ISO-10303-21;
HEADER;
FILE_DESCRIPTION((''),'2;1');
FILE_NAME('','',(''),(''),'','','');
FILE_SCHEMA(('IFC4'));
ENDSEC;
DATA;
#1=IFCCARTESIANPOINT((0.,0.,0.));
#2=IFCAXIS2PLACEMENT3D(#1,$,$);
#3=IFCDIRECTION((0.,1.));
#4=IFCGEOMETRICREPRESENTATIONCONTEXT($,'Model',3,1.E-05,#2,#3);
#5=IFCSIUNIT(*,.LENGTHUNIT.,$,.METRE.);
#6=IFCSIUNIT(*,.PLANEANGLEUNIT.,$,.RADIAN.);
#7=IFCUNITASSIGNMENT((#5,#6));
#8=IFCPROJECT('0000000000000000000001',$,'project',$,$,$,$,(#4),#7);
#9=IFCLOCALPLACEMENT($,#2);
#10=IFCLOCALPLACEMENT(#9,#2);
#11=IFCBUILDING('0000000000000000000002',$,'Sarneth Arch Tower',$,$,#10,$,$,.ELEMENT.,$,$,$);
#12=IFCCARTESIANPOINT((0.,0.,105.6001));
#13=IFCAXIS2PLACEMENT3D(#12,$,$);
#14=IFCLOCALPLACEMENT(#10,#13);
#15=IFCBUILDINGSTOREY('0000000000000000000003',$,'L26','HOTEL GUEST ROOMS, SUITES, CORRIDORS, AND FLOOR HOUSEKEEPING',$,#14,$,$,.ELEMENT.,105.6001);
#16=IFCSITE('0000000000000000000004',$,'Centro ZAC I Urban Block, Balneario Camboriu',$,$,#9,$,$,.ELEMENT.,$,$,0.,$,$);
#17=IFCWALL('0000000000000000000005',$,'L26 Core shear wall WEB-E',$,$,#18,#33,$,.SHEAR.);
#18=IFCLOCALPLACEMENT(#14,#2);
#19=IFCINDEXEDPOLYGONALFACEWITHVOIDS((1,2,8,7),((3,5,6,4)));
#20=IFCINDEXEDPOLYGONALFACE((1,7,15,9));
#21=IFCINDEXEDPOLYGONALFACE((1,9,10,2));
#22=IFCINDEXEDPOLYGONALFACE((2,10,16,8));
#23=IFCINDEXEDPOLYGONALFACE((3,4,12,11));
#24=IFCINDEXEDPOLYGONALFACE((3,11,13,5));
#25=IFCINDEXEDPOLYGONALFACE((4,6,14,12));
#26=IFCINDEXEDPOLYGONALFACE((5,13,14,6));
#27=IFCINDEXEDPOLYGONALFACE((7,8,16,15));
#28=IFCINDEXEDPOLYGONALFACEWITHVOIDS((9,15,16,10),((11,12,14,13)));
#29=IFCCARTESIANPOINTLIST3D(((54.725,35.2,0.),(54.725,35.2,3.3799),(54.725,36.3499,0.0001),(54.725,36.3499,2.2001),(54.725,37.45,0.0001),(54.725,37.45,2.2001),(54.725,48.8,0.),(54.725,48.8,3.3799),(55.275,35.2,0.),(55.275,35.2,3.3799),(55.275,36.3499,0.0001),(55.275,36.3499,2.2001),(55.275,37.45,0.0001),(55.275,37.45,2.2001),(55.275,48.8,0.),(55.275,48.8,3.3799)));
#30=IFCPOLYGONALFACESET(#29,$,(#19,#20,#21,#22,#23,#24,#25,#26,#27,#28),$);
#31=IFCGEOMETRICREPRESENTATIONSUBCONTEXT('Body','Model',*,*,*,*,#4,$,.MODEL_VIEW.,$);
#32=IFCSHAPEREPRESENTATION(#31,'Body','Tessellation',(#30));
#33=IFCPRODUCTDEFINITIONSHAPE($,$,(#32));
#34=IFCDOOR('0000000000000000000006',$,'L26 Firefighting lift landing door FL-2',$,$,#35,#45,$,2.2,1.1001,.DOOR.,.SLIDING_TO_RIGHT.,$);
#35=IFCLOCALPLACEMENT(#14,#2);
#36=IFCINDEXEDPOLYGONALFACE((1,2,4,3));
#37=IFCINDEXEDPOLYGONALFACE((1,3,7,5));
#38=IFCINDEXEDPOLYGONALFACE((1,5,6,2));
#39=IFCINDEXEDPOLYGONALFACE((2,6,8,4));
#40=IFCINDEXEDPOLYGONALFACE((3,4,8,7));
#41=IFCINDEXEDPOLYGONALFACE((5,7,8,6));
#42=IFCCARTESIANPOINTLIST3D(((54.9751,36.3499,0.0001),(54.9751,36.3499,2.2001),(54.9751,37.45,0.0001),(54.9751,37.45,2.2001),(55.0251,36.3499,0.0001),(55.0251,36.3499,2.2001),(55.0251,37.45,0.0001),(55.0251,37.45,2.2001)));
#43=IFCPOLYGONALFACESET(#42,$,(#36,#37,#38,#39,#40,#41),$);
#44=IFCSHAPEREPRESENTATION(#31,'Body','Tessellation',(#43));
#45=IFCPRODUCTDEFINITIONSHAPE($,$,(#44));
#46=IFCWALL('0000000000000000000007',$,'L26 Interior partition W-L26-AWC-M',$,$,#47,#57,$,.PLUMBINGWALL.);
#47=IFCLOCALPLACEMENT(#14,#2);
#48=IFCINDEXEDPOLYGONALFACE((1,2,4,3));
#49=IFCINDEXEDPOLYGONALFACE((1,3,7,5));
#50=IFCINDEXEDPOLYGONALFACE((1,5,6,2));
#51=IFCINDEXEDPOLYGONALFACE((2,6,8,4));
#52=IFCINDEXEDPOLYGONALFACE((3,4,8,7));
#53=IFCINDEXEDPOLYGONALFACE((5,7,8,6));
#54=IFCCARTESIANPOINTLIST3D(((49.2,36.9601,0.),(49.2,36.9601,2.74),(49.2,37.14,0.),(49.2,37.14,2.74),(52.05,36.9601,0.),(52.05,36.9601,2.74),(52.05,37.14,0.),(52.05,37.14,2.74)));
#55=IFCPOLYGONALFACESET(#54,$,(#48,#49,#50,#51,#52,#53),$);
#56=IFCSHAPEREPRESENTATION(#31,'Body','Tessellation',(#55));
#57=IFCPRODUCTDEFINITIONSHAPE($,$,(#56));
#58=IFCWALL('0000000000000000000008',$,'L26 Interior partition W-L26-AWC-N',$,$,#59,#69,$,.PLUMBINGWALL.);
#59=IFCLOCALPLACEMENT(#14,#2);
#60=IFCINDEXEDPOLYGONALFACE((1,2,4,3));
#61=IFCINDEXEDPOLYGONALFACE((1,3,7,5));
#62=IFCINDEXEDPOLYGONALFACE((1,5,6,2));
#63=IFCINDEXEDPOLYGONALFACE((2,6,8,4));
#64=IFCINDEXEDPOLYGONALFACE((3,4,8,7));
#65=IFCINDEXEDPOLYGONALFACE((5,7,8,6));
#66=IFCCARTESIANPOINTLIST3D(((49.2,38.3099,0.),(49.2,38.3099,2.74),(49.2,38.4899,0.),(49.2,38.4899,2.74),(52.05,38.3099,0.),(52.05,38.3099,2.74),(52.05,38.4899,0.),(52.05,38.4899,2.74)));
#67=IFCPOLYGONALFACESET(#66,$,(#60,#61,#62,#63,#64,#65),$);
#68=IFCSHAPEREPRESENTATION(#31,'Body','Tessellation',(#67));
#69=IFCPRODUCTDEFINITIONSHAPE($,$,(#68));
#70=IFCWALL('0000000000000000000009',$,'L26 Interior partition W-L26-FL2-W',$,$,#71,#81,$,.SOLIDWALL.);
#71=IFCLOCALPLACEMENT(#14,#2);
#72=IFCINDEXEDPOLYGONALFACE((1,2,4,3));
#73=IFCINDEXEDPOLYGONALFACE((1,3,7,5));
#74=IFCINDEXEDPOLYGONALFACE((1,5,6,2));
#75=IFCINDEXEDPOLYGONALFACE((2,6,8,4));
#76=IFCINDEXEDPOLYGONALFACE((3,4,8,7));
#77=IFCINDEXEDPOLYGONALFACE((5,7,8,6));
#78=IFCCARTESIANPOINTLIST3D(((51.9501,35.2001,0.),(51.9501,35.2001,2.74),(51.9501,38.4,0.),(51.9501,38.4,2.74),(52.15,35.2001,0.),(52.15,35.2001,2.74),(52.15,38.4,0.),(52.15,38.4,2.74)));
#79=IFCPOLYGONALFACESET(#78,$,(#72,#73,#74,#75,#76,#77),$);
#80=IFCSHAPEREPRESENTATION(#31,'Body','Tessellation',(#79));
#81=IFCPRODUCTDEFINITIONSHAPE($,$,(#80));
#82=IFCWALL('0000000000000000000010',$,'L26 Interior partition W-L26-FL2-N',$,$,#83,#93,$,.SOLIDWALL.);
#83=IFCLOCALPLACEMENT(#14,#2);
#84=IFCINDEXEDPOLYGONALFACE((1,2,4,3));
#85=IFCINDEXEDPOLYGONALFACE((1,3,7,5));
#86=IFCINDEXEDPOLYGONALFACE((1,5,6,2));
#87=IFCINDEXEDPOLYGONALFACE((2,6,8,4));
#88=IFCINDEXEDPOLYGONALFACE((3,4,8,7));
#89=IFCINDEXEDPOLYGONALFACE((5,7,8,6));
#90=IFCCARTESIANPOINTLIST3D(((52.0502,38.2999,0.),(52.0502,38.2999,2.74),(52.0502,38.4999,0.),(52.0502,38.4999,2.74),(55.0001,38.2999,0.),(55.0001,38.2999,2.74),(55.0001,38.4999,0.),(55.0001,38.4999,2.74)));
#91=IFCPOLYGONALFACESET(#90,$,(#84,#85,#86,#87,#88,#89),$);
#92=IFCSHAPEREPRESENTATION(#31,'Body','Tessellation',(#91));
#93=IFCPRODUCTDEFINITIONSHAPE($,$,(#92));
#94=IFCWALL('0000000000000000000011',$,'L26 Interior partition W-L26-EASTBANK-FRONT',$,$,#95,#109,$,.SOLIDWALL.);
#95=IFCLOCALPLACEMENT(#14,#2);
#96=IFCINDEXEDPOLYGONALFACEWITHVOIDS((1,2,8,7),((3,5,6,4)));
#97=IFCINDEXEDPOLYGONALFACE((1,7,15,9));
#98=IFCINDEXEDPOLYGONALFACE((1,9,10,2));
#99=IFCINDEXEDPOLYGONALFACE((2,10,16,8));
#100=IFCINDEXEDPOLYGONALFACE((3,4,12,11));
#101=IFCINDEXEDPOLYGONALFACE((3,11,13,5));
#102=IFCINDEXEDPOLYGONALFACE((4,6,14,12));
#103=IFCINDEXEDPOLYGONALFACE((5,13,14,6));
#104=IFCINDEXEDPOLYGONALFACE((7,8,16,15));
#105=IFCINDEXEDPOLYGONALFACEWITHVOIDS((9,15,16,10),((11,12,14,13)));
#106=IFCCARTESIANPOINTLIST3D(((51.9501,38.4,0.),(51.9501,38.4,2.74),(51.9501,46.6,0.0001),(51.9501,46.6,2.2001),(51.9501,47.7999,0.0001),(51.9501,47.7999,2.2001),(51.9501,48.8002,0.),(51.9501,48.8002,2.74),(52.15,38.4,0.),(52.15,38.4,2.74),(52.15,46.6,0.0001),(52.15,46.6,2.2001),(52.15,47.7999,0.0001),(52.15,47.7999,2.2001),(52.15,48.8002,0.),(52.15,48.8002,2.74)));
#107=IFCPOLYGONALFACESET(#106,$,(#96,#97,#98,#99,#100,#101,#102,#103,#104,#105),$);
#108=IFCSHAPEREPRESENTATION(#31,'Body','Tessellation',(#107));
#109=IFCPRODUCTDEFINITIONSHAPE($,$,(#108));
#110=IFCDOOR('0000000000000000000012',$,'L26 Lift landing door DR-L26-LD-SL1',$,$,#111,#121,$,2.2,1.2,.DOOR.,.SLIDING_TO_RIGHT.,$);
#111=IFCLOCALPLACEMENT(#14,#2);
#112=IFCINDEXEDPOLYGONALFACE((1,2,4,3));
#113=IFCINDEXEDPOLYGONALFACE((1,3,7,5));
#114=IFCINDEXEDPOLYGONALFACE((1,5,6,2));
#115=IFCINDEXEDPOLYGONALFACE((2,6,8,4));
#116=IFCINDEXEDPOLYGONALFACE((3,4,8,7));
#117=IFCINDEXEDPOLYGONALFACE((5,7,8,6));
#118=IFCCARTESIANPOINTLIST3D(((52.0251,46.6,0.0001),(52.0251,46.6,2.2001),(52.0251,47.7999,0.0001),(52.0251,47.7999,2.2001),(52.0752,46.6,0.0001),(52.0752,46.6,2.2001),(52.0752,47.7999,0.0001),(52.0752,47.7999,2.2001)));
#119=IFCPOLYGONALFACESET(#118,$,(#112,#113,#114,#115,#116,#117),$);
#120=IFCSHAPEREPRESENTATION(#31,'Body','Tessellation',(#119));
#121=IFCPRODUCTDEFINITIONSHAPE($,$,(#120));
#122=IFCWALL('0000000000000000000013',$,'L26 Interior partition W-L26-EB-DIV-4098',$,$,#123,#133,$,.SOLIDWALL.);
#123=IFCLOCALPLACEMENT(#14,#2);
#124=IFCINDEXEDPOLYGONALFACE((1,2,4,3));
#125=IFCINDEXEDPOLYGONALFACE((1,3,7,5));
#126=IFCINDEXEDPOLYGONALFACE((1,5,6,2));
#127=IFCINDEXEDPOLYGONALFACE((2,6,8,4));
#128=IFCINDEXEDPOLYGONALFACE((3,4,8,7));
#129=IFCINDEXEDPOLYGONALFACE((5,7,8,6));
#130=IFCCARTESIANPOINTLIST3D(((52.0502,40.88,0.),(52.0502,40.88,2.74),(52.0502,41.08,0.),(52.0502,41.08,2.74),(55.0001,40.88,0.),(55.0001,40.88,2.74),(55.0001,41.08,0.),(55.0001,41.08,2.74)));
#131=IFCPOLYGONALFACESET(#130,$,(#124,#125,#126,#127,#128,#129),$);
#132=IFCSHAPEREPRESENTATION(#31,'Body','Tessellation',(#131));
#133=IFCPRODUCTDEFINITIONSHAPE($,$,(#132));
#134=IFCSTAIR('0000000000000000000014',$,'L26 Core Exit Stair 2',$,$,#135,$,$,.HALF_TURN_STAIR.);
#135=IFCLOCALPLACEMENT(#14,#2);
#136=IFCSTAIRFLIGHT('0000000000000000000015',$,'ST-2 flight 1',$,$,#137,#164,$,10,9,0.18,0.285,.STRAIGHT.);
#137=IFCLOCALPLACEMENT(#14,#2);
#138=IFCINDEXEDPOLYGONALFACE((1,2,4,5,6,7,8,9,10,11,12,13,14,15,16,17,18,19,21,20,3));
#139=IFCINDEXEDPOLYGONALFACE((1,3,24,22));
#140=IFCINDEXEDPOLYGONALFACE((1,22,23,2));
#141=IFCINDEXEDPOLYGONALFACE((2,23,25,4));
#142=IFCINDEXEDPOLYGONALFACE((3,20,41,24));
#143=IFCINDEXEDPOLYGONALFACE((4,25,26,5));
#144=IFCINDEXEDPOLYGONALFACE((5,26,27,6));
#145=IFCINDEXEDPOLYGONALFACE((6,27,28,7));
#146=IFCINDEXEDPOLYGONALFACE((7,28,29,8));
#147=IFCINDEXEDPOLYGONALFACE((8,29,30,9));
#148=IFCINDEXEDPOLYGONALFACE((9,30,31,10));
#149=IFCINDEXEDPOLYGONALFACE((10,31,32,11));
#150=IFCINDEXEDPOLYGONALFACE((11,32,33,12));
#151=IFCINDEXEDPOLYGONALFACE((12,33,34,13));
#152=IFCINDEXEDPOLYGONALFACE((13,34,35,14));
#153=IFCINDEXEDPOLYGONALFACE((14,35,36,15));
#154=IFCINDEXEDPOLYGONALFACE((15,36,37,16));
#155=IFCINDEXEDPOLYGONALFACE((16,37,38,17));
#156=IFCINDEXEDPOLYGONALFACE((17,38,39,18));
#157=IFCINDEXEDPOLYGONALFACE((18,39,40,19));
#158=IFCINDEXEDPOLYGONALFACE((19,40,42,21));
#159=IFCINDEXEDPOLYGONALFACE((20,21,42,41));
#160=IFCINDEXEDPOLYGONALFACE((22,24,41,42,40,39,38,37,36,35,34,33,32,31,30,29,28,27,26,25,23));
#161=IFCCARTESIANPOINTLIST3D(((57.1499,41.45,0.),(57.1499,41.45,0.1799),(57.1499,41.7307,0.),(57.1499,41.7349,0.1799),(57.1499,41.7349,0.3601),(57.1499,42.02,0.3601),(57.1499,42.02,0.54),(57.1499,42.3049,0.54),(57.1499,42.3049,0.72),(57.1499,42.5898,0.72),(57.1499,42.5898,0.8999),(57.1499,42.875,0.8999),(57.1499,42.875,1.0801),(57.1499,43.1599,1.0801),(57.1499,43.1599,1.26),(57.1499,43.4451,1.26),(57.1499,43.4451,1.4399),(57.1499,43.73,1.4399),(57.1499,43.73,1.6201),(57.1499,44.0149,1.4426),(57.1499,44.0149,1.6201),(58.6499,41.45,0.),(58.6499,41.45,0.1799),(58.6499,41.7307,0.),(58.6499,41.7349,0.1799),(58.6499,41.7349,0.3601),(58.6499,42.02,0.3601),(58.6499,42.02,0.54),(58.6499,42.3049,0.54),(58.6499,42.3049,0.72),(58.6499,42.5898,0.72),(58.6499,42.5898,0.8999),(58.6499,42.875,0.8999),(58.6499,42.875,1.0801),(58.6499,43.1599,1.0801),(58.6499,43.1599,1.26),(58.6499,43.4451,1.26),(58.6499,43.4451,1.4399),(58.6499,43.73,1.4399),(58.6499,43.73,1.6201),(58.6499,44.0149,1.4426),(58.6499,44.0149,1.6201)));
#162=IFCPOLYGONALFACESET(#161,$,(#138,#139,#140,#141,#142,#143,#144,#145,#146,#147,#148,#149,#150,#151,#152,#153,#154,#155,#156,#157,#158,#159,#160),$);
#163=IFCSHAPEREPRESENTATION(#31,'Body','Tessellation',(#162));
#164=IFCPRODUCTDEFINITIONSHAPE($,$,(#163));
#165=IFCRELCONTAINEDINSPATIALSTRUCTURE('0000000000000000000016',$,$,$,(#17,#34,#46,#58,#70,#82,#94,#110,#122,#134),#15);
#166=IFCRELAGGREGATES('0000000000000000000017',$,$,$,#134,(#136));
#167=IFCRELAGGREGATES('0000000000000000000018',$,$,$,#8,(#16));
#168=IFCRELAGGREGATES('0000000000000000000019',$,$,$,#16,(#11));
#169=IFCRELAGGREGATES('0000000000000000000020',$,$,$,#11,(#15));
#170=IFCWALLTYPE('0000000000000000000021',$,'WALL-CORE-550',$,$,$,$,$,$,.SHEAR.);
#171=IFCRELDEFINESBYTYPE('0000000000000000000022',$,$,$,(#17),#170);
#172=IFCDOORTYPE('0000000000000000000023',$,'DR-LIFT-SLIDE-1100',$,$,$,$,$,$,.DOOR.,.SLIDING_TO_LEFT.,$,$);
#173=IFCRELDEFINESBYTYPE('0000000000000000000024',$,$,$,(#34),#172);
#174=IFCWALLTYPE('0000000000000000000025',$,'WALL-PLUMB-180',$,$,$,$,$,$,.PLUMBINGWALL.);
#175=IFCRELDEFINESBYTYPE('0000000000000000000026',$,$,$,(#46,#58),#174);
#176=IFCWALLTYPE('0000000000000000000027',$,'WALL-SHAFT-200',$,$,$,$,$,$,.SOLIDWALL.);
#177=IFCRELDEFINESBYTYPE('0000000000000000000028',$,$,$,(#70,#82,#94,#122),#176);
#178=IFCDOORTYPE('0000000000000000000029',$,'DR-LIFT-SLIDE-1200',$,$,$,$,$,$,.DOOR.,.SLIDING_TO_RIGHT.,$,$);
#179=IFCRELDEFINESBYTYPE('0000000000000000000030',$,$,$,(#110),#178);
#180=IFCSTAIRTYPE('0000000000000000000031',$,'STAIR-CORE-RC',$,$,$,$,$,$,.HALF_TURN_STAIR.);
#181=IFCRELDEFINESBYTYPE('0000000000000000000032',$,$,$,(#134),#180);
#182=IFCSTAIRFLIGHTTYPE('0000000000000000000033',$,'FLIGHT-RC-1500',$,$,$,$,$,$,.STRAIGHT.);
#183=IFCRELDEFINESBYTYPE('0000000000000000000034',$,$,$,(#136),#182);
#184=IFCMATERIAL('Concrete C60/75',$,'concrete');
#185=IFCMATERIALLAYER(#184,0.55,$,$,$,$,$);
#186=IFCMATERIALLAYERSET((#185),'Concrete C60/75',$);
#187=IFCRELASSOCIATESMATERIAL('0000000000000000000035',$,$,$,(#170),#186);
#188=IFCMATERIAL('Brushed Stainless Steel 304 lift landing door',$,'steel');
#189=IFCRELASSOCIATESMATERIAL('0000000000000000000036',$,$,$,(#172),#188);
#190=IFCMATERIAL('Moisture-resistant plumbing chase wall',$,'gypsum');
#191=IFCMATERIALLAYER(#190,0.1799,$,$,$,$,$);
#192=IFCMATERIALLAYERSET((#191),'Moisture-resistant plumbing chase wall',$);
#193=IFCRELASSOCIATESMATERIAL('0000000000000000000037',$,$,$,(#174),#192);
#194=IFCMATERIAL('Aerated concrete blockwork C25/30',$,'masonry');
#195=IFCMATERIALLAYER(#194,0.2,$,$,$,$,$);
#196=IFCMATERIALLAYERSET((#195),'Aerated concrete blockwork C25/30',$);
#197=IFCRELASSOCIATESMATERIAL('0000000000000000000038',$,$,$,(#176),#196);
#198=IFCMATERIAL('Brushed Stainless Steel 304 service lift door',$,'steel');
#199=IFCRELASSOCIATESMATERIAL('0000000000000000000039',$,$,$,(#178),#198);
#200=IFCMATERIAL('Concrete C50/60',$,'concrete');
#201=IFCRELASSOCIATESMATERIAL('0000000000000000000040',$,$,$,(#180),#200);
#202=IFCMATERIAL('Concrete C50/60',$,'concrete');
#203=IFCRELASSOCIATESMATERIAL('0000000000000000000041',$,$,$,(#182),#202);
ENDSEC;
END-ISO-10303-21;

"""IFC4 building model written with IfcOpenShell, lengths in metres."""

from ifc_helpers import new_model, si_unit, direction, frame, frame_2d, origin, place, context, subcontext, project, spatial, polyline, rectangle, outline, extrude, material, layer, layer_set, type_object, element, fill, aggregate, save


model = new_model("IFC4")

# Units and contexts
model_context = context("Model", 3, precision=1e-05, world=origin(), true_north=direction((0.0, 1.0)))
body_context = subcontext(model_context, "Body", "Model", "MODEL_VIEW")
ifc_project = project(units=[si_unit("LENGTHUNIT", "METRE"), si_unit("PLANEANGLEUNIT", "RADIAN")], contexts=[model_context])

# Site, building, storey
site_placement = place(None, origin())
site = spatial("IfcSite", under=ifc_project, at=site_placement, Name="Centro ZAC I Urban Block, Balneario Camboriu", CompositionType="ELEMENT", RefElevation=0.0)
building_placement = place(site_placement, origin())
building = spatial("IfcBuilding", under=site, at=building_placement, Name="Sarneth Arch Tower", CompositionType="ELEMENT")
storey_placement = place(building_placement, frame((0.0, 0.0, 105.6001)))
storey = spatial("IfcBuildingStorey", under=building, at=storey_placement, Name="L26", Description="HOTEL GUEST ROOMS, SUITES, CORRIDORS, AND FLOOR HOUSEKEEPING", CompositionType="ELEMENT", Elevation=105.6001)

# Shared definitions
ifc_material_1 = material(Name="Concrete C60/75", Category="concrete")
ifc_layer_1 = layer(ifc_material_1, 0.55)
ifc_layer_set_1 = layer_set([ifc_layer_1], Name="Concrete C60/75")
wall_type_1 = type_object("IfcWallType", Name="WALL-CORE-550", PredefinedType="SHEAR", material=ifc_layer_set_1)

# Wall, opening, door
wall_1_placement = place(storey_placement, frame((55.0, 35.2, 0.0), z_axis=(0.0, 0.0, 1.0), x_axis=(0.0, 1.0, 0.0)))
wall_1 = element("IfcWall", 1, at=wall_1_placement, inside=storey, type_object=wall_type_1, Name="L26 Core shear wall WEB-E", PredefinedType="SHEAR", context=body_context, shape_type="SweptSolid", body=[
    extrude(rectangle(XDim=13.6001, YDim=0.55, at=frame_2d((6.8, 0.0))), origin(), (0.0, 0.0, 1.0), 3.3799),
])
opening_1_placement = place(wall_1_placement, frame((1.1499, 0.0, 0.0)))
opening_1 = element("IfcOpeningElement", 2, at=opening_1_placement, cuts=wall_1, PredefinedType="OPENING", context=body_context, shape_type="SweptSolid", body=[
    extrude(rectangle(XDim=1.1001, YDim=2.2, at=frame_2d((0.55, 1.1001))), frame((0.0, 0.2849, 0.0), z_axis=(0.0, -1.0, 0.0), x_axis=(1.0, 0.0, 0.0)), (0.0, 0.0, 1.0), 0.5701),
])
ifc_material_2 = material(Name="Brushed Stainless Steel 304 lift landing door", Category="steel")
door_type_1 = type_object("IfcDoorType", Name="DR-LIFT-SLIDE-1100", OperationType="SLIDING_TO_LEFT", PredefinedType="DOOR", material=ifc_material_2)
door_1_placement = place(opening_1_placement, origin())
door_1 = element("IfcDoor", 3, at=door_1_placement, inside=storey, type_object=door_type_1, Name="L26 Firefighting lift landing door FL-2", OperationType="SLIDING_TO_RIGHT", OverallHeight=2.2, OverallWidth=1.1001, PredefinedType="DOOR", context=body_context, shape_type="SweptSolid", body=[
    extrude(rectangle(XDim=1.1001, YDim=2.2, at=frame_2d((0.55, 1.1001))), frame((0.0, 0.0249, 0.0), z_axis=(0.0, -1.0, 0.0), x_axis=(1.0, 0.0, 0.0)), (0.0, 0.0, 1.0), 0.05),
])
fill(opening_1, door_1)

# Walls
ifc_material_3 = material(Name="Moisture-resistant plumbing chase wall", Category="gypsum")
ifc_layer_2 = layer(ifc_material_3, 0.1799)
ifc_layer_set_2 = layer_set([ifc_layer_2], Name="Moisture-resistant plumbing chase wall")
wall_type_2 = type_object("IfcWallType", Name="WALL-PLUMB-180", PredefinedType="PLUMBINGWALL", material=ifc_layer_set_2)
for number, where, z_axis, x_axis, name in (
    (4, (49.2, 37.05, 0.0), (0.0, 0.0, 1.0), (1.0, 0.0, 0.0), "L26 Interior partition W-L26-AWC-M"),
    (5, (49.2, 38.3999, 0.0), (0.0, 0.0, 1.0), (1.0, 0.0, 0.0), "L26 Interior partition W-L26-AWC-N"),
):
    element("IfcWall", number, at=place(storey_placement, frame(where, z_axis=z_axis, x_axis=x_axis)), inside=storey, type_object=wall_type_2, Name=name, PredefinedType="PLUMBINGWALL", context=body_context, shape_type="SweptSolid", body=[
        extrude(rectangle(XDim=2.8501, YDim=0.1799, at=frame_2d((1.425, 0.0))), origin(), (0.0, 0.0, 1.0), 2.74),
    ])

# Shared definitions
ifc_material_4 = material(Name="Aerated concrete blockwork C25/30", Category="masonry")
ifc_layer_3 = layer(ifc_material_4, 0.2)
ifc_layer_set_3 = layer_set([ifc_layer_3], Name="Aerated concrete blockwork C25/30")
wall_type_3 = type_object("IfcWallType", Name="WALL-SHAFT-200", PredefinedType="SOLIDWALL", material=ifc_layer_set_3)

# Walls
wall_2_placement = place(storey_placement, frame((52.05, 35.2, 0.0), z_axis=(0.0, 0.0, 1.0), x_axis=(0.0, 1.0, 0.0)))
element("IfcWall", 6, at=wall_2_placement, inside=storey, type_object=wall_type_3, Name="L26 Interior partition W-L26-FL2-W", PredefinedType="SOLIDWALL", context=body_context, shape_type="SweptSolid", body=[
    extrude(rectangle(XDim=3.2, YDim=0.2, at=frame_2d((1.6001, 0.0))), origin(), (0.0, 0.0, 1.0), 2.74),
])
wall_3_placement = place(storey_placement, frame((52.05, 38.3999, 0.0), z_axis=(0.0, 0.0, 1.0), x_axis=(1.0, 0.0, 0.0)))
element("IfcWall", 7, at=wall_3_placement, inside=storey, type_object=wall_type_3, Name="L26 Interior partition W-L26-FL2-N", PredefinedType="SOLIDWALL", context=body_context, shape_type="SweptSolid", body=[
    extrude(rectangle(XDim=2.95, YDim=0.2, at=frame_2d((1.4751, 0.0))), origin(), (0.0, 0.0, 1.0), 2.74),
])

# Wall, opening, door
wall_4_placement = place(storey_placement, frame((52.05, 38.3999, 0.0), z_axis=(0.0, 0.0, 1.0), x_axis=(0.0, 1.0, 0.0)))
wall_4 = element("IfcWall", 8, at=wall_4_placement, inside=storey, type_object=wall_type_3, Name="L26 Interior partition W-L26-EASTBANK-FRONT", PredefinedType="SOLIDWALL", context=body_context, shape_type="SweptSolid", body=[
    extrude(rectangle(XDim=10.4001, YDim=0.2, at=frame_2d((5.2002, 0.0))), origin(), (0.0, 0.0, 1.0), 2.74),
])
opening_2_placement = place(wall_4_placement, frame((8.2, 0.0, 0.0)))
opening_2 = element("IfcOpeningElement", 9, at=opening_2_placement, cuts=wall_4, PredefinedType="OPENING", context=body_context, shape_type="SweptSolid", body=[
    extrude(rectangle(XDim=1.2, YDim=2.2, at=frame_2d((0.6001, 1.1001))), frame((0.0, 0.1099, 0.0), z_axis=(0.0, -1.0, 0.0), x_axis=(1.0, 0.0, 0.0)), (0.0, 0.0, 1.0), 0.22),
])
ifc_material_5 = material(Name="Brushed Stainless Steel 304 service lift door", Category="steel")
door_type_2 = type_object("IfcDoorType", Name="DR-LIFT-SLIDE-1200", OperationType="SLIDING_TO_RIGHT", PredefinedType="DOOR", material=ifc_material_5)
door_2_placement = place(opening_2_placement, origin())
door_2 = element("IfcDoor", 10, at=door_2_placement, inside=storey, type_object=door_type_2, Name="L26 Lift landing door DR-L26-LD-SL1", OperationType="SLIDING_TO_RIGHT", OverallHeight=2.2, OverallWidth=1.2, PredefinedType="DOOR", context=body_context, shape_type="SweptSolid", body=[
    extrude(rectangle(XDim=1.2, YDim=2.2, at=frame_2d((0.6001, 1.1001))), frame((0.0, 0.0249, 0.0), z_axis=(0.0, -1.0, 0.0), x_axis=(1.0, 0.0, 0.0)), (0.0, 0.0, 1.0), 0.05),
])
fill(opening_2, door_2)

# Wall
wall_5_placement = place(storey_placement, frame((52.05, 40.98, 0.0), z_axis=(0.0, 0.0, 1.0), x_axis=(1.0, 0.0, 0.0)))
element("IfcWall", 11, at=wall_5_placement, inside=storey, type_object=wall_type_3, Name="L26 Interior partition W-L26-EB-DIV-4098", PredefinedType="SOLIDWALL", context=body_context, shape_type="SweptSolid", body=[
    extrude(rectangle(XDim=2.95, YDim=0.2, at=frame_2d((1.4751, 0.0))), origin(), (0.0, 0.0, 1.0), 2.74),
])

# Stair, stair flight
ifc_material_6 = material(Name="Concrete C50/60", Category="concrete")
stair_type = type_object("IfcStairType", Name="STAIR-CORE-RC", PredefinedType="HALF_TURN_STAIR", material=ifc_material_6)
stair_placement = place(storey_placement, origin())
stair = element("IfcStair", 12, at=stair_placement, inside=storey, type_object=stair_type, Name="L26 Core Exit Stair 2", PredefinedType="HALF_TURN_STAIR")
ifc_material_7 = material(Name="Concrete C50/60", Category="concrete")
stair_flight_type = type_object("IfcStairFlightType", Name="FLIGHT-RC-1500", PredefinedType="STRAIGHT", material=ifc_material_7)
stair_flight_placement = place(storey_placement, frame((57.8999, 41.45, 0.0), z_axis=(0.0, 0.0, 1.0), x_axis=(0.0, 1.0, 0.0)))
stair_flight = element("IfcStairFlight", 13, at=stair_flight_placement, type_object=stair_flight_type, Name="ST-2 flight 1", NumberOfRisers=10, NumberOfTreads=9, PredefinedType="STRAIGHT", RiserHeight=0.18, TreadLength=0.285, context=body_context, shape_type="SweptSolid", body=[
    extrude(outline(polyline([(0.0, 0.0), (0.0, 0.1799), (0.2849, 0.1799), (0.2849, 0.3601), (0.5701, 0.3601), (0.5701, 0.54), (0.855, 0.54), (0.855, 0.72), (1.1399, 0.72), (1.1399, 0.8999), (1.425, 0.8999), (1.425, 1.0801), (1.71, 1.0801), (1.71, 1.26), (1.9951, 1.26), (1.9951, 1.4399), (2.28, 1.4399), (2.28, 1.6201), (2.5649, 1.6201), (2.5649, 1.8), (2.5649, 1.4426), (0.2808, 0.0), (0.0, 0.0)])), frame((0.0, 0.75, 0.0), z_axis=(0.0, -1.0, 0.0), x_axis=(1.0, 0.0, 0.0)), (0.0, 0.0, 1.0), 1.5),
])
aggregate(stair, [stair_flight])

save(model, "model.ifc")
